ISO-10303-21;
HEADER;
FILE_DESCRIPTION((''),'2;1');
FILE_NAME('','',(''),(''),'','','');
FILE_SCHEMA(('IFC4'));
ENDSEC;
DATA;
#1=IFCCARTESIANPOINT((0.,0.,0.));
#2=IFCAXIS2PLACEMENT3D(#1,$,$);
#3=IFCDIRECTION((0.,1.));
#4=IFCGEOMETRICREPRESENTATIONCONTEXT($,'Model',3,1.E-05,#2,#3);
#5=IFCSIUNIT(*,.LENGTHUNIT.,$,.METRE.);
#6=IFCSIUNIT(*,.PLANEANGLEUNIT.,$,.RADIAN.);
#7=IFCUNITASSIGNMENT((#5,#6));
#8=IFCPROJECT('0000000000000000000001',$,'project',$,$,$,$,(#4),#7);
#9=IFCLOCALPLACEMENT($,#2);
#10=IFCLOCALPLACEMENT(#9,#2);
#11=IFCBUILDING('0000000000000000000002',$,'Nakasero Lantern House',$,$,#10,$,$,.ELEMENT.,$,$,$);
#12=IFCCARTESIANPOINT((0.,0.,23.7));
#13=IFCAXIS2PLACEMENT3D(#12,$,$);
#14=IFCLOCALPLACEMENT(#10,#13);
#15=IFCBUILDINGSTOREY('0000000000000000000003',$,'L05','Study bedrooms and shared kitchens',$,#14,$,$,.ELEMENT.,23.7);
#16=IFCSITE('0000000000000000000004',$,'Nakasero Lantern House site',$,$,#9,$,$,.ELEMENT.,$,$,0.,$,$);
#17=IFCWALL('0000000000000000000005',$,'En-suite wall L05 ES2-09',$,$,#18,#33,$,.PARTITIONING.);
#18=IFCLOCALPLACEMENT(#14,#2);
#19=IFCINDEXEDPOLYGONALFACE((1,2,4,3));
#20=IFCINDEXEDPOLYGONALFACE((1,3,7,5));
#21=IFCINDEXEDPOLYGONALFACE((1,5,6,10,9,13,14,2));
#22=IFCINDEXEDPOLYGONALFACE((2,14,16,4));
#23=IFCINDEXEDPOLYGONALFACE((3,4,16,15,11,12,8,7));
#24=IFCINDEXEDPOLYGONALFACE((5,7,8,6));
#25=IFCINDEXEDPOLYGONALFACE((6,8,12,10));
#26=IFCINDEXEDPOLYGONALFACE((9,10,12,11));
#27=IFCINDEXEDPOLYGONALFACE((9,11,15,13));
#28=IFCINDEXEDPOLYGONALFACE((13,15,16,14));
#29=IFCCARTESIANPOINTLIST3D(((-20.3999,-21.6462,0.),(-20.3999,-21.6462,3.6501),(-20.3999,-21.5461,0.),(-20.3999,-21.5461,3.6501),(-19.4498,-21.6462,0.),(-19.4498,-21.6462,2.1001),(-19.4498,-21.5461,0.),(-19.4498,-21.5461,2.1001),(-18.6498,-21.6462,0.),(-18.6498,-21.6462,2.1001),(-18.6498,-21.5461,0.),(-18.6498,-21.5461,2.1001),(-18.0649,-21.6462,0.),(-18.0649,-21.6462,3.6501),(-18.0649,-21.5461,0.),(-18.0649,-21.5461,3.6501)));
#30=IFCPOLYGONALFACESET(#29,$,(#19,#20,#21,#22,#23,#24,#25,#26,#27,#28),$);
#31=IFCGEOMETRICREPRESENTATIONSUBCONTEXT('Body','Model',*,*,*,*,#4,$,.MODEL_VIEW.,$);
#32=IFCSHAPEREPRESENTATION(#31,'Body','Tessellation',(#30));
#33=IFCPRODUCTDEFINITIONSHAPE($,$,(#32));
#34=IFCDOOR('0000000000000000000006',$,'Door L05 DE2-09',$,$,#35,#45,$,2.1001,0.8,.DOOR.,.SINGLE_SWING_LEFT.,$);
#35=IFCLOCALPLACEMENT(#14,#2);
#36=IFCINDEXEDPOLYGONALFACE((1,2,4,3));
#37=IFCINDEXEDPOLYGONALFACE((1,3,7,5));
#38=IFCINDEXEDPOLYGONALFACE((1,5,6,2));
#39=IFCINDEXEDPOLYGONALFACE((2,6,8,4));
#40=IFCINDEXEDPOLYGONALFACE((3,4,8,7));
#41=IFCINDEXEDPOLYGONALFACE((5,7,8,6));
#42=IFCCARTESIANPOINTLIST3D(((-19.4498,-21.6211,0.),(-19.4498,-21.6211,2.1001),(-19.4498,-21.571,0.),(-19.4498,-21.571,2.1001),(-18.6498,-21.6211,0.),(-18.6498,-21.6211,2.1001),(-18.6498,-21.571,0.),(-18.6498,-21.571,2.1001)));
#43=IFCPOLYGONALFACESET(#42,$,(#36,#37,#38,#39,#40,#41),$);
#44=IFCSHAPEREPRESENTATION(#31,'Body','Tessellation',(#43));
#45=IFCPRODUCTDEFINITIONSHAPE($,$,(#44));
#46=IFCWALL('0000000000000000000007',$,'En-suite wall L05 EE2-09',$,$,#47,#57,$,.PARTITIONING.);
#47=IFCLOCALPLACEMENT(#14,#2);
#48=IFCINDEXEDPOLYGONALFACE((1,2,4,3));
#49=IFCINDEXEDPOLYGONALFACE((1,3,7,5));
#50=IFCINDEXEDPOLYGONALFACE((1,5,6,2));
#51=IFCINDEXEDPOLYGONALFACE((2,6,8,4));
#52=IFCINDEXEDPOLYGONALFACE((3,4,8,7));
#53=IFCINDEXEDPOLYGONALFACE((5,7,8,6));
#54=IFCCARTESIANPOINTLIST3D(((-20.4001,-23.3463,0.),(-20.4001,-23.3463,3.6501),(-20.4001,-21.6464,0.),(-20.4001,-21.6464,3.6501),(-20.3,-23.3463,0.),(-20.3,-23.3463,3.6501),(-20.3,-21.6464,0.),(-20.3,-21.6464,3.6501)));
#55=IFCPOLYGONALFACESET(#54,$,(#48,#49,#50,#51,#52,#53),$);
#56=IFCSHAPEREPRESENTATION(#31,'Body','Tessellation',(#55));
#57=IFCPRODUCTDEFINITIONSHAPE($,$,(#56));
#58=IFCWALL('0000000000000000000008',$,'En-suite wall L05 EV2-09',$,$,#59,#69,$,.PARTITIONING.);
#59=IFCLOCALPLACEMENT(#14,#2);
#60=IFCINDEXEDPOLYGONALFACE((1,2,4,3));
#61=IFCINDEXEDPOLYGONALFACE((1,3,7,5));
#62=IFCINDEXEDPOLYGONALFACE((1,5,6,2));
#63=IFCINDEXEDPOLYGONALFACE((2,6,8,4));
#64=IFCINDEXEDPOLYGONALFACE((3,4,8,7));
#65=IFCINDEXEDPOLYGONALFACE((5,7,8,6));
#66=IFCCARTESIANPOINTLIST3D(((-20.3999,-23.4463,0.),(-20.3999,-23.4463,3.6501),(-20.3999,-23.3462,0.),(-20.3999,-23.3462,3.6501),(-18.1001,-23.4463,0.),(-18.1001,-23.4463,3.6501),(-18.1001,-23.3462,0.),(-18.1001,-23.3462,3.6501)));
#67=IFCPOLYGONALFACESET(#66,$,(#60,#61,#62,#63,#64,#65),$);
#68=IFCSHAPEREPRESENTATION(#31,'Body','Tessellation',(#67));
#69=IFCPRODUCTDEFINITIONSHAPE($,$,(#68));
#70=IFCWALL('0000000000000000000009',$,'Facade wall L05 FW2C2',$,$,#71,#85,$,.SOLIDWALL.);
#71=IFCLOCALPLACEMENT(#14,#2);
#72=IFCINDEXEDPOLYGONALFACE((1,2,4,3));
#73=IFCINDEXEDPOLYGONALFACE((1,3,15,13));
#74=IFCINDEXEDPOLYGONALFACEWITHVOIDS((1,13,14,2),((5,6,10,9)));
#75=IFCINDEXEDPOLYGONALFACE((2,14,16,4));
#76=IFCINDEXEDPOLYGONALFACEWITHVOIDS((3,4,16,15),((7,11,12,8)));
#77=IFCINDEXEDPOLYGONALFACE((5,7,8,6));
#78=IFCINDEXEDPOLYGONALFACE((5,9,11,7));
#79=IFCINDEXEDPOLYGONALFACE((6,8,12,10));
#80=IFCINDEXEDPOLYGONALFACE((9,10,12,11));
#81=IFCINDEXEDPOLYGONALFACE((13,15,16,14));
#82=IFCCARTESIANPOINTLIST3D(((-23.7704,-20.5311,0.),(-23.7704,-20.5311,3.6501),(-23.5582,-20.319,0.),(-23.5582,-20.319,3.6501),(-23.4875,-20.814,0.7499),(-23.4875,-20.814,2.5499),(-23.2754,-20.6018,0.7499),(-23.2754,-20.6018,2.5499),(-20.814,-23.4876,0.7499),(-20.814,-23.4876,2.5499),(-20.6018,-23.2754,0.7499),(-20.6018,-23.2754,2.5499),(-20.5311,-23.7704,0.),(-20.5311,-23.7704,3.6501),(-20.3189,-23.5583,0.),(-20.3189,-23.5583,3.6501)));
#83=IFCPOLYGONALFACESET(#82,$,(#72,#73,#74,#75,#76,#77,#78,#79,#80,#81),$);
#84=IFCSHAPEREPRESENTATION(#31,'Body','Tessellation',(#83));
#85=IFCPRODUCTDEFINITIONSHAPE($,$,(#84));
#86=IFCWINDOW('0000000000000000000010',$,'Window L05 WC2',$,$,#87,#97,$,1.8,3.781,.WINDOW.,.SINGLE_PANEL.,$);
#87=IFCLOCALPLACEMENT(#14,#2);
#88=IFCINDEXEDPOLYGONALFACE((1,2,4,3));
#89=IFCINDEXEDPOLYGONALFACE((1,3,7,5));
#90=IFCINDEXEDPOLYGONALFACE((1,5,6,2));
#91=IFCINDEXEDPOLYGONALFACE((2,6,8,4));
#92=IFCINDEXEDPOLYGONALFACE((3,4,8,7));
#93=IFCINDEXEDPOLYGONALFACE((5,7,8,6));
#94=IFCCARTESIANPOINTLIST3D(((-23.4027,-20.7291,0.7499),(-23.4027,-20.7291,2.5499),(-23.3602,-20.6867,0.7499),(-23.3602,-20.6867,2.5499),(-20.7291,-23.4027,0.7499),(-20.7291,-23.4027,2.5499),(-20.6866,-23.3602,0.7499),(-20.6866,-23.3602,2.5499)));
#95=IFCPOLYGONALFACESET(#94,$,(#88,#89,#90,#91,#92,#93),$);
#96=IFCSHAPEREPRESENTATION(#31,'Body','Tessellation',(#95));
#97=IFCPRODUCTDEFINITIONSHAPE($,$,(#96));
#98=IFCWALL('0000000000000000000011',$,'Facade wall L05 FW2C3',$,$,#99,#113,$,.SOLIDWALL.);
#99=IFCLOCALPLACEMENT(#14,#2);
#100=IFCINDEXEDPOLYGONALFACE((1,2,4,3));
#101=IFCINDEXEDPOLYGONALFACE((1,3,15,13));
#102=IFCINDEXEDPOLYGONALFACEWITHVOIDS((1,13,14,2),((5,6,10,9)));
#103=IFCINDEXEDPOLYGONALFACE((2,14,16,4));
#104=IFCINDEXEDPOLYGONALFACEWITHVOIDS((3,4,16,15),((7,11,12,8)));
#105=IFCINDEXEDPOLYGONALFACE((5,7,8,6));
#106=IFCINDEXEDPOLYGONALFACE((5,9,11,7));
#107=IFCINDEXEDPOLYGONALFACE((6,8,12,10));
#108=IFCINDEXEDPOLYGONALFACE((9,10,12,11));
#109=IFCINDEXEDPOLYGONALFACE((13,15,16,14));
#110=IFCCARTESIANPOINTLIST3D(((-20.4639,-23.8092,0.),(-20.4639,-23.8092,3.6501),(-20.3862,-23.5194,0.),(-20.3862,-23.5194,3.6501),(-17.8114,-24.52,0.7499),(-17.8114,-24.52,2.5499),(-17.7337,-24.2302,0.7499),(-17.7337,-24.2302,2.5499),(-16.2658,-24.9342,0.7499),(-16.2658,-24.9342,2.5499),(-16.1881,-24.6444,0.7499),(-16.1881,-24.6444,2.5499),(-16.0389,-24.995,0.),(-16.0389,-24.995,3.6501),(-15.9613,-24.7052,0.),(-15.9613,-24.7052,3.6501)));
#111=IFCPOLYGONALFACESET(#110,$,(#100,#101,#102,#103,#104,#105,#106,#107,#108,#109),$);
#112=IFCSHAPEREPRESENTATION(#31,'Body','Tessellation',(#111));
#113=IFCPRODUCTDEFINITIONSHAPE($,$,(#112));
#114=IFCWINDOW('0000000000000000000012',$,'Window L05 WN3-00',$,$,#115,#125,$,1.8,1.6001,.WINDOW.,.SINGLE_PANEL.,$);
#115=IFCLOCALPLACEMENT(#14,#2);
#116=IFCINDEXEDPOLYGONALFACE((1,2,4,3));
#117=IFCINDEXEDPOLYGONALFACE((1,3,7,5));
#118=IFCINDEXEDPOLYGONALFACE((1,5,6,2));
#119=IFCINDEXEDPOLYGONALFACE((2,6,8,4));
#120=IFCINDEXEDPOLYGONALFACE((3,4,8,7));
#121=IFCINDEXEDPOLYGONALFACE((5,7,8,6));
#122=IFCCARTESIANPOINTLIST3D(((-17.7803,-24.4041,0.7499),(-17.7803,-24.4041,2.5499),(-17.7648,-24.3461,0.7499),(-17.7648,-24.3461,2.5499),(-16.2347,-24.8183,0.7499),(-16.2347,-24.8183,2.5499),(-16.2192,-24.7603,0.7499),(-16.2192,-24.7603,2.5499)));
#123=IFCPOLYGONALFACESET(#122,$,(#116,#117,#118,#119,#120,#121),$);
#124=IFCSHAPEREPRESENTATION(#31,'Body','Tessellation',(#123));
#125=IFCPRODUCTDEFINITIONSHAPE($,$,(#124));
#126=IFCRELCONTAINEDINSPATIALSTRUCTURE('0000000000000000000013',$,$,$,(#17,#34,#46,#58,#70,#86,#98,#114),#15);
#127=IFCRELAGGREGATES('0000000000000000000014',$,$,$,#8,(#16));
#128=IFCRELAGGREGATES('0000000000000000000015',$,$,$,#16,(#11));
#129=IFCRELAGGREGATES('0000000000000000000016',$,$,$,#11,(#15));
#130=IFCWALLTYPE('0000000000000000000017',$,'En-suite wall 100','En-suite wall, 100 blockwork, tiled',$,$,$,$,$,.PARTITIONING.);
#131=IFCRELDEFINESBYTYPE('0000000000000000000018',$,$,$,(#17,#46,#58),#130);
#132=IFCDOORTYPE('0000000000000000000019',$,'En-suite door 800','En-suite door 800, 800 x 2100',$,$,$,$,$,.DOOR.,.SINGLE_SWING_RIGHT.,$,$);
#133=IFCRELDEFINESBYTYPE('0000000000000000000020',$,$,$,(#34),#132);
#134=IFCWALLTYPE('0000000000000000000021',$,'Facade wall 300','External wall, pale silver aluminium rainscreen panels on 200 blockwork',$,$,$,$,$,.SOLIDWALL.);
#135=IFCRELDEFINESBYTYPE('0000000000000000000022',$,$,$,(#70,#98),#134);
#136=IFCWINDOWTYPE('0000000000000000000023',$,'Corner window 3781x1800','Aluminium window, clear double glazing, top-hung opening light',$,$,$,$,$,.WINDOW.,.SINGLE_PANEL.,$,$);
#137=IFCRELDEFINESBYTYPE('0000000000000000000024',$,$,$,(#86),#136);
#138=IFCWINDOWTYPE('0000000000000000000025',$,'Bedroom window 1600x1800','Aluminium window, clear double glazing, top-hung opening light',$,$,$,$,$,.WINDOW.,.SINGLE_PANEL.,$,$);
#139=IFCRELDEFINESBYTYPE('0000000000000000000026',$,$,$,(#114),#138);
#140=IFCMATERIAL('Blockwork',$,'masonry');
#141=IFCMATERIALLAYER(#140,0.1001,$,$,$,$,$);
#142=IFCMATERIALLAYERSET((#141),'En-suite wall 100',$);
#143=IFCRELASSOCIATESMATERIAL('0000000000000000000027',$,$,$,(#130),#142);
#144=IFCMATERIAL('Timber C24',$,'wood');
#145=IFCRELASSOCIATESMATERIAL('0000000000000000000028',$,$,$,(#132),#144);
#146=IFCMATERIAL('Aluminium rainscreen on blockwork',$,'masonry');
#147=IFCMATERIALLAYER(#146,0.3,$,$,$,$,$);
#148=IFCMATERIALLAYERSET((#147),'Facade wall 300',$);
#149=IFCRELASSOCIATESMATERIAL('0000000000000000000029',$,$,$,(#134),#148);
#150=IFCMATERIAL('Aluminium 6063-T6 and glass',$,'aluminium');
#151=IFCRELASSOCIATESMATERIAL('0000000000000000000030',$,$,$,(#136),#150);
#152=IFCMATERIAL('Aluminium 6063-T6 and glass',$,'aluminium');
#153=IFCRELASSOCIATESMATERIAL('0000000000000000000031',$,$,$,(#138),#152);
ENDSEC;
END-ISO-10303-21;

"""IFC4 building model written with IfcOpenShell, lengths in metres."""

from ifc_helpers import new_model, si_unit, direction, frame, frame_2d, origin, place, context, subcontext, project, spatial, rectangle, extrude, material, layer, layer_set, type_object, element, fill, save


model = new_model("IFC4")

# Units and contexts
model_context = context("Model", 3, precision=1e-05, world=origin(), true_north=direction((0.0, 1.0)))
body_context = subcontext(model_context, "Body", "Model", "MODEL_VIEW")
ifc_project = project(units=[si_unit("LENGTHUNIT", "METRE"), si_unit("PLANEANGLEUNIT", "RADIAN")], contexts=[model_context])

# Site, building, storey
site_placement = place(None, origin())
site = spatial("IfcSite", under=ifc_project, at=site_placement, Name="Nakasero Lantern House site", CompositionType="ELEMENT", RefElevation=0.0)
building_placement = place(site_placement, origin())
building = spatial("IfcBuilding", under=site, at=building_placement, Name="Nakasero Lantern House", CompositionType="ELEMENT")
storey_placement = place(building_placement, frame((0.0, 0.0, 23.7)))
storey = spatial("IfcBuildingStorey", under=building, at=storey_placement, Name="L05", Description="Study bedrooms and shared kitchens", CompositionType="ELEMENT", Elevation=23.7)

# Wall, opening, door
ifc_material_1 = material(Name="Blockwork", Category="masonry")
ifc_layer_1 = layer(ifc_material_1, 0.1001)
ifc_layer_set_1 = layer_set([ifc_layer_1], Name="En-suite wall 100")
wall_type_1 = type_object("IfcWallType", Name="En-suite wall 100", Description="En-suite wall, 100 blockwork, tiled", PredefinedType="PARTITIONING", material=ifc_layer_set_1)
wall_1_placement = place(storey_placement, frame((-18.0649, -21.5962, 0.0), z_axis=(0.0, 0.0, 1.0), x_axis=(-1.0, 0.0, 0.0)))
wall_1 = element("IfcWall", 1, at=wall_1_placement, inside=storey, type_object=wall_type_1, Name="En-suite wall L05 ES2-09", PredefinedType="PARTITIONING", context=body_context, shape_type="SweptSolid", body=[
    extrude(rectangle(XDim=2.335, YDim=0.1001, at=frame_2d((1.1675, 0.0))), origin(), (0.0, 0.0, 1.0), 3.6501),
])
opening_1_placement = place(wall_1_placement, frame((0.585, 0.0, 0.0)))
opening_1 = element("IfcOpeningElement", 2, at=opening_1_placement, cuts=wall_1, PredefinedType="OPENING", context=body_context, shape_type="SweptSolid", body=[
    extrude(rectangle(XDim=0.8, YDim=2.1001, at=frame_2d((0.3999, 1.05))), frame((0.0, 0.0701, 0.0), z_axis=(0.0, -1.0, 0.0), x_axis=(1.0, 0.0, 0.0)), (0.0, 0.0, 1.0), 0.1401),
])
ifc_material_2 = material(Name="Timber C24", Category="wood")
door_type_1 = type_object("IfcDoorType", Name="En-suite door 800", Description="En-suite door 800, 800 x 2100", OperationType="SINGLE_SWING_RIGHT", PredefinedType="DOOR", material=ifc_material_2)
door_1_placement = place(opening_1_placement, origin())
door_1 = element("IfcDoor", 3, at=door_1_placement, inside=storey, type_object=door_type_1, Name="Door L05 DE2-09", OperationType="SINGLE_SWING_LEFT", OverallHeight=2.1001, OverallWidth=0.8, PredefinedType="DOOR", context=body_context, shape_type="SweptSolid", body=[
    extrude(rectangle(XDim=0.8, YDim=2.1001, at=frame_2d((0.3999, 1.05))), frame((0.0, 0.0249, 0.0), z_axis=(0.0, -1.0, 0.0), x_axis=(1.0, 0.0, 0.0)), (0.0, 0.0, 1.0), 0.05),
])
fill(opening_1, door_1)

# Walls
wall_2_placement = place(storey_placement, frame((-20.3501, -21.6462, 0.0), z_axis=(0.0, 0.0, 1.0), x_axis=(0.0, -1.0, 0.0)))
element("IfcWall", 4, at=wall_2_placement, inside=storey, type_object=wall_type_1, Name="En-suite wall L05 EE2-09", PredefinedType="PARTITIONING", context=body_context, shape_type="SweptSolid", body=[
    extrude(rectangle(XDim=1.7, YDim=0.1001, at=frame_2d((0.8501, 0.0))), origin(), (0.0, 0.0, 1.0), 3.6501),
])
wall_3_placement = place(storey_placement, frame((-18.1001, -23.3962, 0.0), z_axis=(0.0, 0.0, 1.0), x_axis=(-1.0, 0.0, 0.0)))
element("IfcWall", 5, at=wall_3_placement, inside=storey, type_object=wall_type_1, Name="En-suite wall L05 EV2-09", PredefinedType="PARTITIONING", context=body_context, shape_type="SweptSolid", body=[
    extrude(rectangle(XDim=2.2998, YDim=0.1001, at=frame_2d((1.1499, 0.0))), origin(), (0.0, 0.0, 1.0), 3.6501),
])

# Walls, openings, windows
ifc_material_3 = material(Name="Aluminium rainscreen on blockwork", Category="masonry")
ifc_layer_2 = layer(ifc_material_3, 0.3)
ifc_layer_set_2 = layer_set([ifc_layer_2], Name="Facade wall 300")
wall_type_2 = type_object("IfcWallType", Name="Facade wall 300", Description="External wall, pale silver aluminium rainscreen panels on 200 blockwork", PredefinedType="SOLIDWALL", material=ifc_layer_set_2)
wall_4_placement = place(storey_placement, frame((-23.6643, -20.425, 0.0), z_axis=(0.0, 0.0, 1.0), x_axis=(0.707107, -0.707107, 0.0)))
wall_4 = element("IfcWall", 6, at=wall_4_placement, inside=storey, type_object=wall_type_2, Name="Facade wall L05 FW2C2", PredefinedType="SOLIDWALL", context=body_context, shape_type="SweptSolid", body=[
    extrude(rectangle(XDim=4.5811, YDim=0.3, at=frame_2d((2.2905, 0.0))), origin(), (0.0, 0.0, 1.0), 3.6501),
])
opening_2_placement = place(wall_4_placement, frame((0.3999, 0.0, 0.75)))
opening_2 = element("IfcOpeningElement", 7, at=opening_2_placement, cuts=wall_4, PredefinedType="OPENING", context=body_context, shape_type="SweptSolid", body=[
    extrude(rectangle(XDim=3.781, YDim=1.8, at=frame_2d((1.8906, 0.8999))), frame((0.0, 0.1699, 0.0), z_axis=(0.0, -1.0, 0.0), x_axis=(1.0, 0.0, 0.0)), (0.0, 0.0, 1.0), 0.3401),
])
ifc_material_4 = material(Name="Aluminium 6063-T6 and glass", Category="aluminium")
window_type_1 = type_object("IfcWindowType", Name="Corner window 3781x1800", Description="Aluminium window, clear double glazing, top-hung opening light", PartitioningType="SINGLE_PANEL", PredefinedType="WINDOW", material=ifc_material_4)
window_1_placement = place(opening_2_placement, origin())
window_1 = element("IfcWindow", 8, at=window_1_placement, inside=storey, type_object=window_type_1, Name="Window L05 WC2", OverallHeight=1.8, OverallWidth=3.781, PartitioningType="SINGLE_PANEL", PredefinedType="WINDOW", context=body_context, shape_type="SweptSolid", body=[
    extrude(rectangle(XDim=3.781, YDim=1.8, at=frame_2d((1.8906, 0.8999))), frame((0.0, 0.03, 0.0), z_axis=(0.0, -1.0, 0.0), x_axis=(1.0, 0.0, 0.0)), (0.0, 0.0, 1.0), 0.0601),
])
fill(opening_2, window_1)
wall_5_placement = place(storey_placement, frame((-20.425, -23.6643, 0.0), z_axis=(0.0, 0.0, 1.0), x_axis=(0.96592, -0.25884, 0.0)))
wall_5 = element("IfcWall", 9, at=wall_5_placement, inside=storey, type_object=wall_type_2, Name="Facade wall L05 FW2C3", PredefinedType="SOLIDWALL", context=body_context, shape_type="SweptSolid", body=[
    extrude(rectangle(XDim=4.5811, YDim=0.3, at=frame_2d((2.2905, 0.0))), origin(), (0.0, 0.0, 1.0), 3.6501),
])
opening_3_placement = place(wall_5_placement, frame((2.7461, 0.0, 0.75)))
opening_3 = element("IfcOpeningElement", 10, at=opening_3_placement, cuts=wall_5, PredefinedType="OPENING", context=body_context, shape_type="SweptSolid", body=[
    extrude(rectangle(XDim=1.6001, YDim=1.8, at=frame_2d((0.8, 0.8999))), frame((0.0, 0.1699, 0.0), z_axis=(0.0, -1.0, 0.0), x_axis=(1.0, 0.0, 0.0)), (0.0, 0.0, 1.0), 0.3401),
])
ifc_material_5 = material(Name="Aluminium 6063-T6 and glass", Category="aluminium")
window_type_2 = type_object("IfcWindowType", Name="Bedroom window 1600x1800", Description="Aluminium window, clear double glazing, top-hung opening light", PartitioningType="SINGLE_PANEL", PredefinedType="WINDOW", material=ifc_material_5)
window_2_placement = place(opening_3_placement, origin())
window_2 = element("IfcWindow", 11, at=window_2_placement, inside=storey, type_object=window_type_2, Name="Window L05 WN3-00", OverallHeight=1.8, OverallWidth=1.6001, PartitioningType="SINGLE_PANEL", PredefinedType="WINDOW", context=body_context, shape_type="SweptSolid", body=[
    extrude(rectangle(XDim=1.6001, YDim=1.8, at=frame_2d((0.8, 0.8999))), frame((0.0, 0.03, 0.0), z_axis=(0.0, -1.0, 0.0), x_axis=(1.0, 0.0, 0.0)), (0.0, 0.0, 1.0), 0.0601),
])
fill(opening_3, window_2)

save(model, "model.ifc")
